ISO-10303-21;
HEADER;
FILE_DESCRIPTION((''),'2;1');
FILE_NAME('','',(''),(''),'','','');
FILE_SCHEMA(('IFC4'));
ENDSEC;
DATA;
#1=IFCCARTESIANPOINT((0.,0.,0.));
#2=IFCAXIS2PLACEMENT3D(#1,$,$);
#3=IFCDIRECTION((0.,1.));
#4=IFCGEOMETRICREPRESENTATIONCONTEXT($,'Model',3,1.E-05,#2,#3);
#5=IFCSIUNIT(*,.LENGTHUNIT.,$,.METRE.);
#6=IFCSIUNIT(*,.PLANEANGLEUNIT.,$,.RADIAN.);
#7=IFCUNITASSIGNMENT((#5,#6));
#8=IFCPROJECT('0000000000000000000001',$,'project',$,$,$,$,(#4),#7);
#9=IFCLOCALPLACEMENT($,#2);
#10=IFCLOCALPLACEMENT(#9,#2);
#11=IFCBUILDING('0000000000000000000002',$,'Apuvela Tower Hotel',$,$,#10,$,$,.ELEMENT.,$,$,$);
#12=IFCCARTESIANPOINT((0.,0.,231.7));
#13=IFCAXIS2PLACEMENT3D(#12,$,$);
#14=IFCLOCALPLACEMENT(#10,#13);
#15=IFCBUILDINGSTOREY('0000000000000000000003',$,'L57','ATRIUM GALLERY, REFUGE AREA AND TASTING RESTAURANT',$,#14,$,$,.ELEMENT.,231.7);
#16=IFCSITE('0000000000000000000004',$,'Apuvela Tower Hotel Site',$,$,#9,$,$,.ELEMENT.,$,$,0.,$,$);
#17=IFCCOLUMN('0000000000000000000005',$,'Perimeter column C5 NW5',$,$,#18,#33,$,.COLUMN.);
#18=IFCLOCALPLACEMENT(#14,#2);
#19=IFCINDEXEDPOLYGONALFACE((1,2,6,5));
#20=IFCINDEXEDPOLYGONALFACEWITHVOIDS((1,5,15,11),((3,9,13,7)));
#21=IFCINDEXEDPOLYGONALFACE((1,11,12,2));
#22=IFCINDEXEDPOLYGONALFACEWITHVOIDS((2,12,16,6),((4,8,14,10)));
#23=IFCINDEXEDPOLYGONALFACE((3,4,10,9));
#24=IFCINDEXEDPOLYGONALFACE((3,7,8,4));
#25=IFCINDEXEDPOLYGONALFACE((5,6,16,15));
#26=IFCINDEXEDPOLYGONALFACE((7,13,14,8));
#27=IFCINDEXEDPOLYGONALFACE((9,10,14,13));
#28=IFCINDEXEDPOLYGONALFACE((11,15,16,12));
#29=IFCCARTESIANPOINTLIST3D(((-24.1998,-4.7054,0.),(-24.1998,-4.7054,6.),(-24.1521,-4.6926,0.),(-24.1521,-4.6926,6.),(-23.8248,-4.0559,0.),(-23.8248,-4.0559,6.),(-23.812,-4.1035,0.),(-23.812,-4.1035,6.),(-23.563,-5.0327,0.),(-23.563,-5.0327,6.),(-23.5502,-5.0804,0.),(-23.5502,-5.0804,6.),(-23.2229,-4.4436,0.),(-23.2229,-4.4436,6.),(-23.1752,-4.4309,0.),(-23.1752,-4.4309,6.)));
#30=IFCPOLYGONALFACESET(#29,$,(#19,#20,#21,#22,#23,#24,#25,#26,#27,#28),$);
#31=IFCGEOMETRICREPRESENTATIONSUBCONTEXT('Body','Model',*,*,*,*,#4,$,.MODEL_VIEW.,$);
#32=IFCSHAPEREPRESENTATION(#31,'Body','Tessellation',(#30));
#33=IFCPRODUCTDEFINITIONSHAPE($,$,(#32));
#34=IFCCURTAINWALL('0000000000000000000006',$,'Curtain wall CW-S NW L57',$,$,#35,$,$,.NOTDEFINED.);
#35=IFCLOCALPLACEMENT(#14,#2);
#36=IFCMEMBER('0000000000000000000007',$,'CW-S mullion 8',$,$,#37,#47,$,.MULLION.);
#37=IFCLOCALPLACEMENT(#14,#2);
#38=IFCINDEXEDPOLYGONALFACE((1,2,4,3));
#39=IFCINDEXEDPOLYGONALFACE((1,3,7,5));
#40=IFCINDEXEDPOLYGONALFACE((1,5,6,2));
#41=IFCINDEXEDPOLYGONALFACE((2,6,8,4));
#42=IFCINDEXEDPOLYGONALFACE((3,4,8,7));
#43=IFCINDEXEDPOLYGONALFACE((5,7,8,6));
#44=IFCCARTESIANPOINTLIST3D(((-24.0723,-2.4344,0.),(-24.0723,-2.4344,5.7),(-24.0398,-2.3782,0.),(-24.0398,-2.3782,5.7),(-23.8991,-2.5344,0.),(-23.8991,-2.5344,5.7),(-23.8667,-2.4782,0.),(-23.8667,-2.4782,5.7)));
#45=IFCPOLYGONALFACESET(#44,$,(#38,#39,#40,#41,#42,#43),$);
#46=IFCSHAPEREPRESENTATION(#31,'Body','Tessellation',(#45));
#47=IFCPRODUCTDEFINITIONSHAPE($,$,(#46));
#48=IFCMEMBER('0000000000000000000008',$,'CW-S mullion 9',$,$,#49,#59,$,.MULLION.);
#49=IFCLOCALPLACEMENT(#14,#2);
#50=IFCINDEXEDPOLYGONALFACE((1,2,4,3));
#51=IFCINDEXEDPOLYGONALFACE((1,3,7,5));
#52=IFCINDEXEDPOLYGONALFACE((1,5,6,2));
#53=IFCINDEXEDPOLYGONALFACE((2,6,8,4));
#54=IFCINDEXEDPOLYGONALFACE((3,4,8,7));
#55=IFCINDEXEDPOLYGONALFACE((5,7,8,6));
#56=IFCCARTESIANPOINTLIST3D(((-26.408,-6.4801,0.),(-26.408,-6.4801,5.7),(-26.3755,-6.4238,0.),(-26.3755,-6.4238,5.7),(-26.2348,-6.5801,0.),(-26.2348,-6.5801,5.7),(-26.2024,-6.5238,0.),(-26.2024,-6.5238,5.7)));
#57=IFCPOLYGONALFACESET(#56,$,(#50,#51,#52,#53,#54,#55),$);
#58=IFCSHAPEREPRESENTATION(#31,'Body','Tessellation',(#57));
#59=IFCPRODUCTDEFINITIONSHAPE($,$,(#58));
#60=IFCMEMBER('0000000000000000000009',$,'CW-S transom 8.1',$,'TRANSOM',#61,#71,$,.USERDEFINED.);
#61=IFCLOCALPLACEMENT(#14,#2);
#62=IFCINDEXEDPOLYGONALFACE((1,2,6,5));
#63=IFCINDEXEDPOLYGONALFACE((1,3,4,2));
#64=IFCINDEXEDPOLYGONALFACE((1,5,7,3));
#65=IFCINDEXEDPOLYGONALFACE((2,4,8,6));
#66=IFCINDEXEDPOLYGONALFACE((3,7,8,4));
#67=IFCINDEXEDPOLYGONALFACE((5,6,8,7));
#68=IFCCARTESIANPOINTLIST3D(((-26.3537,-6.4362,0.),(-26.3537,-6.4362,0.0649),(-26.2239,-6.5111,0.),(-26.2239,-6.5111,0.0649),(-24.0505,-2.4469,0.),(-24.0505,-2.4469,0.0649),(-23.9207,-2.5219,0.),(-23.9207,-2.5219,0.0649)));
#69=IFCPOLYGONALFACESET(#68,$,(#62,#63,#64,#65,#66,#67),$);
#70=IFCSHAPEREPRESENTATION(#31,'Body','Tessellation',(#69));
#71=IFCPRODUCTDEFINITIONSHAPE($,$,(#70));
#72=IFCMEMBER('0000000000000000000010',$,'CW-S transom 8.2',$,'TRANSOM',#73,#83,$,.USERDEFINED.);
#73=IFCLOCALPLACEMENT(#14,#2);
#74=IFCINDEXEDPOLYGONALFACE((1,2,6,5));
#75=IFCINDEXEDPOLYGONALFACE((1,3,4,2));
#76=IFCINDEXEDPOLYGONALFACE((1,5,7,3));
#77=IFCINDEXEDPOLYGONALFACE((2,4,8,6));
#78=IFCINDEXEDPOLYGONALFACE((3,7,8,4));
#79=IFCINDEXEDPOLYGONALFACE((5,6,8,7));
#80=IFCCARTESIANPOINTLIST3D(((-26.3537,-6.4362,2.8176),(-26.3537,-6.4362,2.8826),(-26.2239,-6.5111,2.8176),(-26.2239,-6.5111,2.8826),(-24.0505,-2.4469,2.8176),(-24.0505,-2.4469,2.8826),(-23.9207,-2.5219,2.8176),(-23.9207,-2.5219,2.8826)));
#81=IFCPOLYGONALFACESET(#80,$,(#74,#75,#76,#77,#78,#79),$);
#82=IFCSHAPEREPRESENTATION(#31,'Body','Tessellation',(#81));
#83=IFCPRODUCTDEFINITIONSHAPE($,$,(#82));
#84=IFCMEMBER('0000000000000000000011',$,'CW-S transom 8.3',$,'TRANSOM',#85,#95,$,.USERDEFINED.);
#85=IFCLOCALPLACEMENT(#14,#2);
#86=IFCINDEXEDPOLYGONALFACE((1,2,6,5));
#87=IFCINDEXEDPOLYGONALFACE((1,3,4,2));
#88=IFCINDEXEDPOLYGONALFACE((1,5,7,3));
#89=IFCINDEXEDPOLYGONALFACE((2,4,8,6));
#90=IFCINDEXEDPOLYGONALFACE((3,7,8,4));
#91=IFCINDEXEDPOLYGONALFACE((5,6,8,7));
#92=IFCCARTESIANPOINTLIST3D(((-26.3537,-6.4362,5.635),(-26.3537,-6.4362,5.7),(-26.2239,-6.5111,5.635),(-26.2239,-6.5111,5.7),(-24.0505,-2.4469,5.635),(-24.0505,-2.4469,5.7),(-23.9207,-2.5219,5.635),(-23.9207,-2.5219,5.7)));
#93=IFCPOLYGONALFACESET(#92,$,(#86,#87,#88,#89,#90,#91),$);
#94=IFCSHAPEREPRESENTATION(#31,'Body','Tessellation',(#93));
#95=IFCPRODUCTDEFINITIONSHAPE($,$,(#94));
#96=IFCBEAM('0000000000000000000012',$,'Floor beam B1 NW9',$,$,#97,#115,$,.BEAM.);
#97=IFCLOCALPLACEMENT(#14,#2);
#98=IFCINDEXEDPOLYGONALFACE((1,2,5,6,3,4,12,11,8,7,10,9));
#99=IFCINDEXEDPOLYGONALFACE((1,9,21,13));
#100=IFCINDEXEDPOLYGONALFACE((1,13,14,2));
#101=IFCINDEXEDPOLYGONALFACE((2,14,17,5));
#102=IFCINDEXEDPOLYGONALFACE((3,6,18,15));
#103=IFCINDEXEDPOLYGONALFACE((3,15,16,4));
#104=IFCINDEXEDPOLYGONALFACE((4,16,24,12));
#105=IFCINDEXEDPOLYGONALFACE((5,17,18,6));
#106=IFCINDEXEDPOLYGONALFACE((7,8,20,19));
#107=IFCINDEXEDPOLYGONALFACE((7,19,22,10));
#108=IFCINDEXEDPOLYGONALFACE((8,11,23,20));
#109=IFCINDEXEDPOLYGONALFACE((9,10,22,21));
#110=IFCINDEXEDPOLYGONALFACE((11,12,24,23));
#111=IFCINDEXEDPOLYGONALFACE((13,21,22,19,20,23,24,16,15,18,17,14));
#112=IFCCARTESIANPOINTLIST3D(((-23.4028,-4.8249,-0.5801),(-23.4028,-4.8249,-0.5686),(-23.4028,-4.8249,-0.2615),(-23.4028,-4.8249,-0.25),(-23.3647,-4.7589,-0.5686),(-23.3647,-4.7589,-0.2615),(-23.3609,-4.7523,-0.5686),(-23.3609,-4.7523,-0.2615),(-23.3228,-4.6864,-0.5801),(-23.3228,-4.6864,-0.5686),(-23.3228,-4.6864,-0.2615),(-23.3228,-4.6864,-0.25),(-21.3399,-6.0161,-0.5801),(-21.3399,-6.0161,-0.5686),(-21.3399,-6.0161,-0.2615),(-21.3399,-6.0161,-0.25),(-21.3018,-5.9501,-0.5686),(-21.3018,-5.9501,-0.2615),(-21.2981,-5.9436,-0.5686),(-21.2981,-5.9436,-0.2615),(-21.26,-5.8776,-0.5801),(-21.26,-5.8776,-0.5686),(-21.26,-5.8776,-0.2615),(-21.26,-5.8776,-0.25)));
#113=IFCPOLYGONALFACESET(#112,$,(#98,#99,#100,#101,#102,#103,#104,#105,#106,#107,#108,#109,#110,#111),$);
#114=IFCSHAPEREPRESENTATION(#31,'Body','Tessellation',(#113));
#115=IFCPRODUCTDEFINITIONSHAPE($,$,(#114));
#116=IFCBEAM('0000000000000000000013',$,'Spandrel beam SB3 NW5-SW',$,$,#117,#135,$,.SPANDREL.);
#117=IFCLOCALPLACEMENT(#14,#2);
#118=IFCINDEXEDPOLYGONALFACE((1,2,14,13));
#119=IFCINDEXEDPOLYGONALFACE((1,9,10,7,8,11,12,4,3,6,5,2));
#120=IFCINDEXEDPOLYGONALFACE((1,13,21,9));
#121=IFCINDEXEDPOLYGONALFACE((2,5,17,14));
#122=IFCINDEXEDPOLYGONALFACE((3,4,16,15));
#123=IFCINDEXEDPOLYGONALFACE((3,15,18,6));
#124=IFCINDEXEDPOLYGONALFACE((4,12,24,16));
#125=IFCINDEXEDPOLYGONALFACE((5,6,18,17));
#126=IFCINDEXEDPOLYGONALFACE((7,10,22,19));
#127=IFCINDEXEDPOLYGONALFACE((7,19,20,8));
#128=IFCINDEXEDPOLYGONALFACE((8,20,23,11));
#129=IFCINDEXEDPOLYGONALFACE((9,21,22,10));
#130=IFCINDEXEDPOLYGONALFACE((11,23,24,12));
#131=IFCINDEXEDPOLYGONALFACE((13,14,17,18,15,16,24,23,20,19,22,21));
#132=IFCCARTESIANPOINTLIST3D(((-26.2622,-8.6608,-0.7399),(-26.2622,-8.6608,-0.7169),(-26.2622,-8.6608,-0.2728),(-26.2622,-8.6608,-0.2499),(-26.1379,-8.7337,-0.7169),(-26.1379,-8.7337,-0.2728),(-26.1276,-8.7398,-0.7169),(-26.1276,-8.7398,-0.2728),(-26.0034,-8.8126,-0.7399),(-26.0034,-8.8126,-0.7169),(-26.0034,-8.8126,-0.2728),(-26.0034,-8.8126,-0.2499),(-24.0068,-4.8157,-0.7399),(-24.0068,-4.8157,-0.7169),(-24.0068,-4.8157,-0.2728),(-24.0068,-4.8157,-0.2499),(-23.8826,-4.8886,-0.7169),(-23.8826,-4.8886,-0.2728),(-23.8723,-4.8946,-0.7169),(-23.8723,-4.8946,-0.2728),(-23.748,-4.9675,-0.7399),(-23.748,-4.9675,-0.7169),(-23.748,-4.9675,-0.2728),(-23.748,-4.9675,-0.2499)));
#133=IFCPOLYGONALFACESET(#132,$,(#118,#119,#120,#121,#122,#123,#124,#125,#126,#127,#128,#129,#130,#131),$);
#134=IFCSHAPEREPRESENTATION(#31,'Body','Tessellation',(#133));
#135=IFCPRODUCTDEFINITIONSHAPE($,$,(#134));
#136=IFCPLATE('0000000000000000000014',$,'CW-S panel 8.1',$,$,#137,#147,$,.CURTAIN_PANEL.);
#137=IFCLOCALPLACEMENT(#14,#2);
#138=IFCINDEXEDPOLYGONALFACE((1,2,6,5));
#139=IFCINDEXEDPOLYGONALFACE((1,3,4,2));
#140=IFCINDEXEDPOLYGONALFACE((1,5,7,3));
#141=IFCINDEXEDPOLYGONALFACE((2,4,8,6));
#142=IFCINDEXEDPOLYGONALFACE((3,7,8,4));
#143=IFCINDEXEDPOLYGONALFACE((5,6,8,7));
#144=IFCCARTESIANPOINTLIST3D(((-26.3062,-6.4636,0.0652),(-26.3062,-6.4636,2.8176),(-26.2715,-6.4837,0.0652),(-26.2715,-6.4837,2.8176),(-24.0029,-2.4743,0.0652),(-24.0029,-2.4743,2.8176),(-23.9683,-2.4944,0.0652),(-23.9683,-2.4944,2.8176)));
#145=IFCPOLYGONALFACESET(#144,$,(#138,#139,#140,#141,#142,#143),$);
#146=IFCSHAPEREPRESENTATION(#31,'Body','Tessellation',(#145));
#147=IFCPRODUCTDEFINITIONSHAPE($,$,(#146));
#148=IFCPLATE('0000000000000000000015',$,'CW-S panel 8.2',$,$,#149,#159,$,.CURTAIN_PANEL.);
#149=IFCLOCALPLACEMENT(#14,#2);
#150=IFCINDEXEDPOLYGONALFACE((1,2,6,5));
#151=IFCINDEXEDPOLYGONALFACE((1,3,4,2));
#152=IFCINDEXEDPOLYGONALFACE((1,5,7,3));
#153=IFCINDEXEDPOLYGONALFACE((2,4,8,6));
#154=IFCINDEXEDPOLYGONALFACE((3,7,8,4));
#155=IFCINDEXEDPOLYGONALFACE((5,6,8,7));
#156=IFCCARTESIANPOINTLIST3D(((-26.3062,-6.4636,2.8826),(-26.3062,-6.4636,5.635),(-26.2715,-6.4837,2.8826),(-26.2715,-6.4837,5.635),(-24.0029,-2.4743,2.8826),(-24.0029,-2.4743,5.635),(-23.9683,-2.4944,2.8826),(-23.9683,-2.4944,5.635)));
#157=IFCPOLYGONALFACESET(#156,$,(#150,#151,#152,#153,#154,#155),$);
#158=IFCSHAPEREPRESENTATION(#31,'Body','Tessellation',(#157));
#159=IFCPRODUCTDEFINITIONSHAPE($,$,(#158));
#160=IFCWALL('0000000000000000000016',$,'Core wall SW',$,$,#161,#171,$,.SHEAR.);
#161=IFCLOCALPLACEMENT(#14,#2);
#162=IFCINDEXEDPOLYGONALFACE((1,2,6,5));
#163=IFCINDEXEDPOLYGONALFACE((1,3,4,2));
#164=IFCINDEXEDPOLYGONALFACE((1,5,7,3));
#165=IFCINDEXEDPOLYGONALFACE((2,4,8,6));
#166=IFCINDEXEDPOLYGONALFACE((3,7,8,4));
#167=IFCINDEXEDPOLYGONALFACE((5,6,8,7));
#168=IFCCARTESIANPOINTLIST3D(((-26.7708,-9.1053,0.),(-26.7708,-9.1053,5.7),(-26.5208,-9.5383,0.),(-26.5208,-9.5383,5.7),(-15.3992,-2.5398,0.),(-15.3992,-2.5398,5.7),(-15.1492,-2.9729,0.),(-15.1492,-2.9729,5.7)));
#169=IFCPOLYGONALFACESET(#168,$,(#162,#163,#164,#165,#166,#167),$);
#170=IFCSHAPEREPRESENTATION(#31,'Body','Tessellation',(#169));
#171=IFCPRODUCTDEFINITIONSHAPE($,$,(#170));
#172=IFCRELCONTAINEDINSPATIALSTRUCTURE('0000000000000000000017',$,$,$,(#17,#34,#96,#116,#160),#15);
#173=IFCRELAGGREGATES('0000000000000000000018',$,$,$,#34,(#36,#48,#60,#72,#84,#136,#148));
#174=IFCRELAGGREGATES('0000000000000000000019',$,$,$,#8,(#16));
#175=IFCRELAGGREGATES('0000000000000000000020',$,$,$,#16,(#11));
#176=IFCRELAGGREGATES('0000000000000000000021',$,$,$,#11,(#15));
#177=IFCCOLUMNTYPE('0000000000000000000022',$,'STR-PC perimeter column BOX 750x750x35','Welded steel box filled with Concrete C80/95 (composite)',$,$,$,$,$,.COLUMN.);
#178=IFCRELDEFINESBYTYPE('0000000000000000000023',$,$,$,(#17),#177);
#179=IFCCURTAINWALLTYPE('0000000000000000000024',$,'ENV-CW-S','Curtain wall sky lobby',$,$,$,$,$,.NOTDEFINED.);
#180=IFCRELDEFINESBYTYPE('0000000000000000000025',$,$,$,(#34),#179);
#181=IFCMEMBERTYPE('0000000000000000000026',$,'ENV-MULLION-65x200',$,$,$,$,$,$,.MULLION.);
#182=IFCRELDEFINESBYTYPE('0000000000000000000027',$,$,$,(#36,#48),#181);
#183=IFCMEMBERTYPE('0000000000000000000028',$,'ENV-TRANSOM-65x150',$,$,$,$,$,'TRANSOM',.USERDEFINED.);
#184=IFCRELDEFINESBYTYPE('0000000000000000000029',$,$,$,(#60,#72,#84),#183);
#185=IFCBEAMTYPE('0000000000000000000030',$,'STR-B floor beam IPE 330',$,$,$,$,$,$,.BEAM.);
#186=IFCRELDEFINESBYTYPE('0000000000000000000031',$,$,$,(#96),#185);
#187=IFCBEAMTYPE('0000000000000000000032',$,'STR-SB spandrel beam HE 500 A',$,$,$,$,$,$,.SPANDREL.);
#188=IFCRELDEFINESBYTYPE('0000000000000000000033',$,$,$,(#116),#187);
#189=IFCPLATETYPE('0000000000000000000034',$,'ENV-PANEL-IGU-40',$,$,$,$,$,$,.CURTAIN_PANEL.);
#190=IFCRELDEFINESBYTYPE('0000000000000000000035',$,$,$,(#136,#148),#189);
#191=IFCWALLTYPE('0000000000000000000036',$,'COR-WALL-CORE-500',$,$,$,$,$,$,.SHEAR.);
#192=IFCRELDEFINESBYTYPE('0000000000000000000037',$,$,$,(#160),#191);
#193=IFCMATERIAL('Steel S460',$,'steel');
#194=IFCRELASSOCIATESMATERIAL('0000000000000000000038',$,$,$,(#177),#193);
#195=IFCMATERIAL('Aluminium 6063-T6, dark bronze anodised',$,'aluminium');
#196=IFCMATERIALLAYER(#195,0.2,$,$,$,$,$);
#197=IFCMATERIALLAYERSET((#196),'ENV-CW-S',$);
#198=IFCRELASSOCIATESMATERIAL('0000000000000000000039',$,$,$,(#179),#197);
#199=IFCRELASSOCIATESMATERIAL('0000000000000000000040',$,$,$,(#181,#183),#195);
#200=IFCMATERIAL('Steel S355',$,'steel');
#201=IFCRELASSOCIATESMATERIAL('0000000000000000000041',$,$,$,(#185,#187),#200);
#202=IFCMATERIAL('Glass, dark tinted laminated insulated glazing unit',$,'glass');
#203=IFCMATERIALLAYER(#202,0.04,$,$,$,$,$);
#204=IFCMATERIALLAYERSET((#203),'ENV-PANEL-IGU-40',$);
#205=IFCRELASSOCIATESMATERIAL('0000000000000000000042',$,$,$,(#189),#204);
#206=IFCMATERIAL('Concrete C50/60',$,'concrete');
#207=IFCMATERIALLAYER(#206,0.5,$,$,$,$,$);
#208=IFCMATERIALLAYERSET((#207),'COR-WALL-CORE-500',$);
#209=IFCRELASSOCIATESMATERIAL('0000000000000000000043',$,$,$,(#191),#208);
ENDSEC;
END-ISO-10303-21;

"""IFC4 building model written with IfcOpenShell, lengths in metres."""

from ifc_helpers import new_model, si_unit, direction, frame, frame_2d, origin, origin_2d, place, context, subcontext, project, spatial, rectangle, hollow_rectangle, i_section, extrude, material, layer, layer_set, material_profile, profile_set, type_object, element, aggregate, save


model = new_model("IFC4")

# Units and contexts
model_context = context("Model", 3, precision=1e-05, world=origin(), true_north=direction((0.0, 1.0)))
body_context = subcontext(model_context, "Body", "Model", "MODEL_VIEW")
ifc_project = project(units=[si_unit("LENGTHUNIT", "METRE"), si_unit("PLANEANGLEUNIT", "RADIAN")], contexts=[model_context])

# Site, building, storey
site_placement = place(None, origin())
site = spatial("IfcSite", under=ifc_project, at=site_placement, Name="Apuvela Tower Hotel Site", CompositionType="ELEMENT", RefElevation=0.0)
building_placement = place(site_placement, origin())
building = spatial("IfcBuilding", under=site, at=building_placement, Name="Apuvela Tower Hotel", CompositionType="ELEMENT")
storey_placement = place(building_placement, frame((0.0, 0.0, 231.7)))
storey = spatial("IfcBuildingStorey", under=building, at=storey_placement, Name="L57", Description="ATRIUM GALLERY, REFUGE AREA AND TASTING RESTAURANT", CompositionType="ELEMENT", Elevation=231.7)

# Column
ifc_material_1 = material(Name="Steel S460", Category="steel")
ifc_material_profile_1 = material_profile(ifc_material_1, hollow_rectangle(XDim=0.75, YDim=0.75, WallThickness=0.0349, at=origin_2d()), Name="BOX 750x750x35")
ifc_material_2 = material(Name="Concrete C80/95", Category="concrete")
ifc_material_profile_2 = material_profile(ifc_material_2, rectangle(XDim=0.6799, YDim=0.6799, at=origin_2d()), Name="Concrete C80/95 infill")
ifc_profile_set_1 = profile_set([ifc_material_profile_1, ifc_material_profile_2], Name="Steel S460")
column_type = type_object("IfcColumnType", Name="STR-PC perimeter column BOX 750x750x35", Description="Welded steel box filled with Concrete C80/95 (composite)", PredefinedType="COLUMN", material=ifc_profile_set_1)
column_placement = place(storey_placement, frame((-23.6875, -4.5681, 0.0), z_axis=(0.0, 0.0, 1.0), x_axis=(0.5, 0.866025, 0.0)))
element("IfcColumn", 1, at=column_placement, inside=storey, type_object=column_type, Name="Perimeter column C5 NW5", PredefinedType="COLUMN", context=body_context, shape_type="SweptSolid", body=[
    extrude(hollow_rectangle(XDim=0.75, YDim=0.75, WallThickness=0.0349, at=origin_2d()), origin(), (0.0, 0.0, 1.0), 6.0),
])

# Curtain wall, members
ifc_material_3 = material(Name="Aluminium 6063-T6, dark bronze anodised", Category="aluminium")
ifc_layer_1 = layer(ifc_material_3, 0.2)
ifc_layer_set_1 = layer_set([ifc_layer_1], Name="ENV-CW-S")
curtain_wall_type = type_object("IfcCurtainWallType", Name="ENV-CW-S", Description="Curtain wall sky lobby", PredefinedType="NOTDEFINED", material=ifc_layer_set_1)
curtain_wall_placement = place(storey_placement, origin())
curtain_wall = element("IfcCurtainWall", 2, at=curtain_wall_placement, inside=storey, type_object=curtain_wall_type, Name="Curtain wall CW-S NW L57", PredefinedType="NOTDEFINED")
ifc_material_profile_3 = material_profile(ifc_material_3, rectangle(XDim=0.2, YDim=0.0649, at=origin_2d()), Name="AL 65x200")
ifc_profile_set_2 = profile_set([ifc_material_profile_3], Name="Aluminium 6063-T6, dark bronze anodised")
member_type_1 = type_object("IfcMemberType", Name="ENV-MULLION-65x200", PredefinedType="MULLION", material=ifc_profile_set_2)
member_1_placement = place(storey_placement, frame((-23.9695, -2.4563, 0.0), z_axis=(0.0, 0.0, 1.0), x_axis=(0.866026, -0.499999, 0.0)))
member_1 = element("IfcMember", 3, at=member_1_placement, type_object=member_type_1, Name="CW-S mullion 8", PredefinedType="MULLION", context=body_context, shape_type="SweptSolid", body=[
    extrude(rectangle(XDim=0.2, YDim=0.0649, at=origin_2d()), origin(), (0.0, 0.0, 1.0), 5.7),
])
member_2_placement = place(storey_placement, frame((-26.3052, -6.502, 0.0), z_axis=(0.0, 0.0, 1.0), x_axis=(0.866026, -0.499999, 0.0)))
member_2 = element("IfcMember", 4, at=member_2_placement, type_object=member_type_1, Name="CW-S mullion 9", PredefinedType="MULLION", context=body_context, shape_type="SweptSolid", body=[
    extrude(rectangle(XDim=0.2, YDim=0.0649, at=origin_2d()), origin(), (0.0, 0.0, 1.0), 5.7),
])
ifc_material_profile_4 = material_profile(ifc_material_3, rectangle(XDim=0.1499, YDim=0.0649, at=origin_2d()), Name="AL 65x150 transom")
ifc_profile_set_3 = profile_set([ifc_material_profile_4], Name="Aluminium 6063-T6, dark bronze anodised")
member_type_2 = type_object("IfcMemberType", Name="ENV-TRANSOM-65x150", ElementType="TRANSOM", PredefinedType="USERDEFINED", material=ifc_profile_set_3)
member_3_placement = place(storey_placement, frame((-23.9856, -2.4844, 0.0325), z_axis=(-0.500004, -0.866023, 0.0), x_axis=(0.866023, -0.500004, 0.0)))
member_3 = element("IfcMember", 5, at=member_3_placement, type_object=member_type_2, Name="CW-S transom 8.1", ObjectType="TRANSOM", PredefinedType="USERDEFINED", context=body_context, shape_type="SweptSolid", body=[
    extrude(rectangle(XDim=0.1499, YDim=0.0649, at=origin_2d()), origin(), (0.0, 0.0, 1.0), 4.6064),
])
member_4_placement = place(storey_placement, frame((-23.9856, -2.4844, 2.8501), z_axis=(-0.500004, -0.866023, 0.0), x_axis=(0.866023, -0.500004, 0.0)))
member_4 = element("IfcMember", 6, at=member_4_placement, type_object=member_type_2, Name="CW-S transom 8.2", ObjectType="TRANSOM", PredefinedType="USERDEFINED", context=body_context, shape_type="SweptSolid", body=[
    extrude(rectangle(XDim=0.1499, YDim=0.0649, at=origin_2d()), origin(), (0.0, 0.0, 1.0), 4.6064),
])
member_5_placement = place(storey_placement, frame((-23.9856, -2.4844, 5.6675), z_axis=(-0.500004, -0.866023, 0.0), x_axis=(0.866023, -0.500004, 0.0)))
member_5 = element("IfcMember", 7, at=member_5_placement, type_object=member_type_2, Name="CW-S transom 8.3", ObjectType="TRANSOM", PredefinedType="USERDEFINED", context=body_context, shape_type="SweptSolid", body=[
    extrude(rectangle(XDim=0.1499, YDim=0.0649, at=origin_2d()), origin(), (0.0, 0.0, 1.0), 4.6064),
])

# Beams
ifc_material_4 = material(Name="Steel S355", Category="steel")
ifc_material_profile_5 = material_profile(ifc_material_4, i_section(OverallWidth=0.1599, OverallDepth=0.3301, WebThickness=0.0076, FlangeThickness=0.0115, at=origin_2d()), Name="IPE 330")
ifc_profile_set_4 = profile_set([ifc_material_profile_5], Name="Steel S355")
beam_type_1 = type_object("IfcBeamType", Name="STR-B floor beam IPE 330", PredefinedType="BEAM", material=ifc_profile_set_4)
beam_1_placement = place(storey_placement, frame((-23.3628, -4.7556, -0.415), z_axis=(0.865982, -0.500074, 0.0), x_axis=(0.500074, 0.865982, 0.0)))
element("IfcBeam", 8, at=beam_1_placement, inside=storey, type_object=beam_type_1, Name="Floor beam B1 NW9", PredefinedType="BEAM", context=body_context, shape_type="SweptSolid", body=[
    extrude(i_section(OverallWidth=0.1599, OverallDepth=0.3301, WebThickness=0.0076, FlangeThickness=0.0115, at=origin_2d()), origin(), (0.0, 0.0, 1.0), 2.3821),
])
ifc_material_profile_6 = material_profile(ifc_material_4, i_section(OverallWidth=0.3, OverallDepth=0.49, WebThickness=0.012, FlangeThickness=0.0229, at=origin_2d()), Name="HE 500 A")
ifc_profile_set_5 = profile_set([ifc_material_profile_6], Name="Steel S355")
beam_type_2 = type_object("IfcBeamType", Name="STR-SB spandrel beam HE 500 A", PredefinedType="SPANDREL", material=ifc_profile_set_5)
beam_2_placement = place(storey_placement, frame((-23.8774, -4.8916, -0.4949), z_axis=(-0.505933, -0.862573, 0.0), x_axis=(0.862573, -0.505933, 0.0)))
element("IfcBeam", 9, at=beam_2_placement, inside=storey, type_object=beam_type_2, Name="Spandrel beam SB3 NW5-SW", PredefinedType="SPANDREL", context=body_context, shape_type="SweptSolid", body=[
    extrude(i_section(OverallWidth=0.3, OverallDepth=0.49, WebThickness=0.012, FlangeThickness=0.0229, at=origin_2d()), origin(), (0.0, 0.0, 1.0), 4.4578),
])

# Plates
ifc_material_5 = material(Name="Glass, dark tinted laminated insulated glazing unit", Category="glass")
ifc_layer_2 = layer(ifc_material_5, 0.04)
ifc_layer_set_2 = layer_set([ifc_layer_2], Name="ENV-PANEL-IGU-40")
plate_type = type_object("IfcPlateType", Name="ENV-PANEL-IGU-40", PredefinedType="CURTAIN_PANEL", material=ifc_layer_set_2)
plate_1_placement = place(storey_placement, frame((-25.1372, -4.479, 0.0652), z_axis=(0.0, 0.0, 1.0), x_axis=(-0.499999, -0.866026, 0.0)))
plate_1 = element("IfcPlate", 10, at=plate_1_placement, type_object=plate_type, Name="CW-S panel 8.1", PredefinedType="CURTAIN_PANEL", context=body_context, shape_type="SweptSolid", body=[
    extrude(rectangle(XDim=4.6064, YDim=0.04, at=origin_2d()), origin(), (0.0, 0.0, 1.0), 2.7524),
])
plate_2_placement = place(storey_placement, frame((-25.1372, -4.479, 2.8826), z_axis=(0.0, 0.0, 1.0), x_axis=(-0.499999, -0.866026, 0.0)))
plate_2 = element("IfcPlate", 11, at=plate_2_placement, type_object=plate_type, Name="CW-S panel 8.2", PredefinedType="CURTAIN_PANEL", context=body_context, shape_type="SweptSolid", body=[
    extrude(rectangle(XDim=4.6064, YDim=0.04, at=origin_2d()), origin(), (0.0, 0.0, 1.0), 2.7524),
])
aggregate(curtain_wall, [member_1, member_2, member_3, member_4, member_5, plate_1, plate_2])

# Wall
ifc_material_6 = material(Name="Concrete C50/60", Category="concrete")
ifc_layer_3 = layer(ifc_material_6, 0.5)
ifc_layer_set_3 = layer_set([ifc_layer_3], Name="COR-WALL-CORE-500")
wall_type_1 = type_object("IfcWallType", Name="COR-WALL-CORE-500", PredefinedType="SHEAR", material=ifc_layer_set_3)
wall_1_placement = place(storey_placement, frame((-15.2742, -2.7563, 0.0), z_axis=(0.0, 0.0, 1.0), x_axis=(-0.866024, -0.500002, 0.0)))
element("IfcWall", 12, at=wall_1_placement, inside=storey, type_object=wall_type_1, Name="Core wall SW", PredefinedType="SHEAR", context=body_context, shape_type="SweptSolid", body=[
    extrude(rectangle(XDim=13.1309, YDim=0.5, at=frame_2d((6.5654, 0.0))), origin(), (0.0, 0.0, 1.0), 5.7),
])

save(model, "model.ifc")
